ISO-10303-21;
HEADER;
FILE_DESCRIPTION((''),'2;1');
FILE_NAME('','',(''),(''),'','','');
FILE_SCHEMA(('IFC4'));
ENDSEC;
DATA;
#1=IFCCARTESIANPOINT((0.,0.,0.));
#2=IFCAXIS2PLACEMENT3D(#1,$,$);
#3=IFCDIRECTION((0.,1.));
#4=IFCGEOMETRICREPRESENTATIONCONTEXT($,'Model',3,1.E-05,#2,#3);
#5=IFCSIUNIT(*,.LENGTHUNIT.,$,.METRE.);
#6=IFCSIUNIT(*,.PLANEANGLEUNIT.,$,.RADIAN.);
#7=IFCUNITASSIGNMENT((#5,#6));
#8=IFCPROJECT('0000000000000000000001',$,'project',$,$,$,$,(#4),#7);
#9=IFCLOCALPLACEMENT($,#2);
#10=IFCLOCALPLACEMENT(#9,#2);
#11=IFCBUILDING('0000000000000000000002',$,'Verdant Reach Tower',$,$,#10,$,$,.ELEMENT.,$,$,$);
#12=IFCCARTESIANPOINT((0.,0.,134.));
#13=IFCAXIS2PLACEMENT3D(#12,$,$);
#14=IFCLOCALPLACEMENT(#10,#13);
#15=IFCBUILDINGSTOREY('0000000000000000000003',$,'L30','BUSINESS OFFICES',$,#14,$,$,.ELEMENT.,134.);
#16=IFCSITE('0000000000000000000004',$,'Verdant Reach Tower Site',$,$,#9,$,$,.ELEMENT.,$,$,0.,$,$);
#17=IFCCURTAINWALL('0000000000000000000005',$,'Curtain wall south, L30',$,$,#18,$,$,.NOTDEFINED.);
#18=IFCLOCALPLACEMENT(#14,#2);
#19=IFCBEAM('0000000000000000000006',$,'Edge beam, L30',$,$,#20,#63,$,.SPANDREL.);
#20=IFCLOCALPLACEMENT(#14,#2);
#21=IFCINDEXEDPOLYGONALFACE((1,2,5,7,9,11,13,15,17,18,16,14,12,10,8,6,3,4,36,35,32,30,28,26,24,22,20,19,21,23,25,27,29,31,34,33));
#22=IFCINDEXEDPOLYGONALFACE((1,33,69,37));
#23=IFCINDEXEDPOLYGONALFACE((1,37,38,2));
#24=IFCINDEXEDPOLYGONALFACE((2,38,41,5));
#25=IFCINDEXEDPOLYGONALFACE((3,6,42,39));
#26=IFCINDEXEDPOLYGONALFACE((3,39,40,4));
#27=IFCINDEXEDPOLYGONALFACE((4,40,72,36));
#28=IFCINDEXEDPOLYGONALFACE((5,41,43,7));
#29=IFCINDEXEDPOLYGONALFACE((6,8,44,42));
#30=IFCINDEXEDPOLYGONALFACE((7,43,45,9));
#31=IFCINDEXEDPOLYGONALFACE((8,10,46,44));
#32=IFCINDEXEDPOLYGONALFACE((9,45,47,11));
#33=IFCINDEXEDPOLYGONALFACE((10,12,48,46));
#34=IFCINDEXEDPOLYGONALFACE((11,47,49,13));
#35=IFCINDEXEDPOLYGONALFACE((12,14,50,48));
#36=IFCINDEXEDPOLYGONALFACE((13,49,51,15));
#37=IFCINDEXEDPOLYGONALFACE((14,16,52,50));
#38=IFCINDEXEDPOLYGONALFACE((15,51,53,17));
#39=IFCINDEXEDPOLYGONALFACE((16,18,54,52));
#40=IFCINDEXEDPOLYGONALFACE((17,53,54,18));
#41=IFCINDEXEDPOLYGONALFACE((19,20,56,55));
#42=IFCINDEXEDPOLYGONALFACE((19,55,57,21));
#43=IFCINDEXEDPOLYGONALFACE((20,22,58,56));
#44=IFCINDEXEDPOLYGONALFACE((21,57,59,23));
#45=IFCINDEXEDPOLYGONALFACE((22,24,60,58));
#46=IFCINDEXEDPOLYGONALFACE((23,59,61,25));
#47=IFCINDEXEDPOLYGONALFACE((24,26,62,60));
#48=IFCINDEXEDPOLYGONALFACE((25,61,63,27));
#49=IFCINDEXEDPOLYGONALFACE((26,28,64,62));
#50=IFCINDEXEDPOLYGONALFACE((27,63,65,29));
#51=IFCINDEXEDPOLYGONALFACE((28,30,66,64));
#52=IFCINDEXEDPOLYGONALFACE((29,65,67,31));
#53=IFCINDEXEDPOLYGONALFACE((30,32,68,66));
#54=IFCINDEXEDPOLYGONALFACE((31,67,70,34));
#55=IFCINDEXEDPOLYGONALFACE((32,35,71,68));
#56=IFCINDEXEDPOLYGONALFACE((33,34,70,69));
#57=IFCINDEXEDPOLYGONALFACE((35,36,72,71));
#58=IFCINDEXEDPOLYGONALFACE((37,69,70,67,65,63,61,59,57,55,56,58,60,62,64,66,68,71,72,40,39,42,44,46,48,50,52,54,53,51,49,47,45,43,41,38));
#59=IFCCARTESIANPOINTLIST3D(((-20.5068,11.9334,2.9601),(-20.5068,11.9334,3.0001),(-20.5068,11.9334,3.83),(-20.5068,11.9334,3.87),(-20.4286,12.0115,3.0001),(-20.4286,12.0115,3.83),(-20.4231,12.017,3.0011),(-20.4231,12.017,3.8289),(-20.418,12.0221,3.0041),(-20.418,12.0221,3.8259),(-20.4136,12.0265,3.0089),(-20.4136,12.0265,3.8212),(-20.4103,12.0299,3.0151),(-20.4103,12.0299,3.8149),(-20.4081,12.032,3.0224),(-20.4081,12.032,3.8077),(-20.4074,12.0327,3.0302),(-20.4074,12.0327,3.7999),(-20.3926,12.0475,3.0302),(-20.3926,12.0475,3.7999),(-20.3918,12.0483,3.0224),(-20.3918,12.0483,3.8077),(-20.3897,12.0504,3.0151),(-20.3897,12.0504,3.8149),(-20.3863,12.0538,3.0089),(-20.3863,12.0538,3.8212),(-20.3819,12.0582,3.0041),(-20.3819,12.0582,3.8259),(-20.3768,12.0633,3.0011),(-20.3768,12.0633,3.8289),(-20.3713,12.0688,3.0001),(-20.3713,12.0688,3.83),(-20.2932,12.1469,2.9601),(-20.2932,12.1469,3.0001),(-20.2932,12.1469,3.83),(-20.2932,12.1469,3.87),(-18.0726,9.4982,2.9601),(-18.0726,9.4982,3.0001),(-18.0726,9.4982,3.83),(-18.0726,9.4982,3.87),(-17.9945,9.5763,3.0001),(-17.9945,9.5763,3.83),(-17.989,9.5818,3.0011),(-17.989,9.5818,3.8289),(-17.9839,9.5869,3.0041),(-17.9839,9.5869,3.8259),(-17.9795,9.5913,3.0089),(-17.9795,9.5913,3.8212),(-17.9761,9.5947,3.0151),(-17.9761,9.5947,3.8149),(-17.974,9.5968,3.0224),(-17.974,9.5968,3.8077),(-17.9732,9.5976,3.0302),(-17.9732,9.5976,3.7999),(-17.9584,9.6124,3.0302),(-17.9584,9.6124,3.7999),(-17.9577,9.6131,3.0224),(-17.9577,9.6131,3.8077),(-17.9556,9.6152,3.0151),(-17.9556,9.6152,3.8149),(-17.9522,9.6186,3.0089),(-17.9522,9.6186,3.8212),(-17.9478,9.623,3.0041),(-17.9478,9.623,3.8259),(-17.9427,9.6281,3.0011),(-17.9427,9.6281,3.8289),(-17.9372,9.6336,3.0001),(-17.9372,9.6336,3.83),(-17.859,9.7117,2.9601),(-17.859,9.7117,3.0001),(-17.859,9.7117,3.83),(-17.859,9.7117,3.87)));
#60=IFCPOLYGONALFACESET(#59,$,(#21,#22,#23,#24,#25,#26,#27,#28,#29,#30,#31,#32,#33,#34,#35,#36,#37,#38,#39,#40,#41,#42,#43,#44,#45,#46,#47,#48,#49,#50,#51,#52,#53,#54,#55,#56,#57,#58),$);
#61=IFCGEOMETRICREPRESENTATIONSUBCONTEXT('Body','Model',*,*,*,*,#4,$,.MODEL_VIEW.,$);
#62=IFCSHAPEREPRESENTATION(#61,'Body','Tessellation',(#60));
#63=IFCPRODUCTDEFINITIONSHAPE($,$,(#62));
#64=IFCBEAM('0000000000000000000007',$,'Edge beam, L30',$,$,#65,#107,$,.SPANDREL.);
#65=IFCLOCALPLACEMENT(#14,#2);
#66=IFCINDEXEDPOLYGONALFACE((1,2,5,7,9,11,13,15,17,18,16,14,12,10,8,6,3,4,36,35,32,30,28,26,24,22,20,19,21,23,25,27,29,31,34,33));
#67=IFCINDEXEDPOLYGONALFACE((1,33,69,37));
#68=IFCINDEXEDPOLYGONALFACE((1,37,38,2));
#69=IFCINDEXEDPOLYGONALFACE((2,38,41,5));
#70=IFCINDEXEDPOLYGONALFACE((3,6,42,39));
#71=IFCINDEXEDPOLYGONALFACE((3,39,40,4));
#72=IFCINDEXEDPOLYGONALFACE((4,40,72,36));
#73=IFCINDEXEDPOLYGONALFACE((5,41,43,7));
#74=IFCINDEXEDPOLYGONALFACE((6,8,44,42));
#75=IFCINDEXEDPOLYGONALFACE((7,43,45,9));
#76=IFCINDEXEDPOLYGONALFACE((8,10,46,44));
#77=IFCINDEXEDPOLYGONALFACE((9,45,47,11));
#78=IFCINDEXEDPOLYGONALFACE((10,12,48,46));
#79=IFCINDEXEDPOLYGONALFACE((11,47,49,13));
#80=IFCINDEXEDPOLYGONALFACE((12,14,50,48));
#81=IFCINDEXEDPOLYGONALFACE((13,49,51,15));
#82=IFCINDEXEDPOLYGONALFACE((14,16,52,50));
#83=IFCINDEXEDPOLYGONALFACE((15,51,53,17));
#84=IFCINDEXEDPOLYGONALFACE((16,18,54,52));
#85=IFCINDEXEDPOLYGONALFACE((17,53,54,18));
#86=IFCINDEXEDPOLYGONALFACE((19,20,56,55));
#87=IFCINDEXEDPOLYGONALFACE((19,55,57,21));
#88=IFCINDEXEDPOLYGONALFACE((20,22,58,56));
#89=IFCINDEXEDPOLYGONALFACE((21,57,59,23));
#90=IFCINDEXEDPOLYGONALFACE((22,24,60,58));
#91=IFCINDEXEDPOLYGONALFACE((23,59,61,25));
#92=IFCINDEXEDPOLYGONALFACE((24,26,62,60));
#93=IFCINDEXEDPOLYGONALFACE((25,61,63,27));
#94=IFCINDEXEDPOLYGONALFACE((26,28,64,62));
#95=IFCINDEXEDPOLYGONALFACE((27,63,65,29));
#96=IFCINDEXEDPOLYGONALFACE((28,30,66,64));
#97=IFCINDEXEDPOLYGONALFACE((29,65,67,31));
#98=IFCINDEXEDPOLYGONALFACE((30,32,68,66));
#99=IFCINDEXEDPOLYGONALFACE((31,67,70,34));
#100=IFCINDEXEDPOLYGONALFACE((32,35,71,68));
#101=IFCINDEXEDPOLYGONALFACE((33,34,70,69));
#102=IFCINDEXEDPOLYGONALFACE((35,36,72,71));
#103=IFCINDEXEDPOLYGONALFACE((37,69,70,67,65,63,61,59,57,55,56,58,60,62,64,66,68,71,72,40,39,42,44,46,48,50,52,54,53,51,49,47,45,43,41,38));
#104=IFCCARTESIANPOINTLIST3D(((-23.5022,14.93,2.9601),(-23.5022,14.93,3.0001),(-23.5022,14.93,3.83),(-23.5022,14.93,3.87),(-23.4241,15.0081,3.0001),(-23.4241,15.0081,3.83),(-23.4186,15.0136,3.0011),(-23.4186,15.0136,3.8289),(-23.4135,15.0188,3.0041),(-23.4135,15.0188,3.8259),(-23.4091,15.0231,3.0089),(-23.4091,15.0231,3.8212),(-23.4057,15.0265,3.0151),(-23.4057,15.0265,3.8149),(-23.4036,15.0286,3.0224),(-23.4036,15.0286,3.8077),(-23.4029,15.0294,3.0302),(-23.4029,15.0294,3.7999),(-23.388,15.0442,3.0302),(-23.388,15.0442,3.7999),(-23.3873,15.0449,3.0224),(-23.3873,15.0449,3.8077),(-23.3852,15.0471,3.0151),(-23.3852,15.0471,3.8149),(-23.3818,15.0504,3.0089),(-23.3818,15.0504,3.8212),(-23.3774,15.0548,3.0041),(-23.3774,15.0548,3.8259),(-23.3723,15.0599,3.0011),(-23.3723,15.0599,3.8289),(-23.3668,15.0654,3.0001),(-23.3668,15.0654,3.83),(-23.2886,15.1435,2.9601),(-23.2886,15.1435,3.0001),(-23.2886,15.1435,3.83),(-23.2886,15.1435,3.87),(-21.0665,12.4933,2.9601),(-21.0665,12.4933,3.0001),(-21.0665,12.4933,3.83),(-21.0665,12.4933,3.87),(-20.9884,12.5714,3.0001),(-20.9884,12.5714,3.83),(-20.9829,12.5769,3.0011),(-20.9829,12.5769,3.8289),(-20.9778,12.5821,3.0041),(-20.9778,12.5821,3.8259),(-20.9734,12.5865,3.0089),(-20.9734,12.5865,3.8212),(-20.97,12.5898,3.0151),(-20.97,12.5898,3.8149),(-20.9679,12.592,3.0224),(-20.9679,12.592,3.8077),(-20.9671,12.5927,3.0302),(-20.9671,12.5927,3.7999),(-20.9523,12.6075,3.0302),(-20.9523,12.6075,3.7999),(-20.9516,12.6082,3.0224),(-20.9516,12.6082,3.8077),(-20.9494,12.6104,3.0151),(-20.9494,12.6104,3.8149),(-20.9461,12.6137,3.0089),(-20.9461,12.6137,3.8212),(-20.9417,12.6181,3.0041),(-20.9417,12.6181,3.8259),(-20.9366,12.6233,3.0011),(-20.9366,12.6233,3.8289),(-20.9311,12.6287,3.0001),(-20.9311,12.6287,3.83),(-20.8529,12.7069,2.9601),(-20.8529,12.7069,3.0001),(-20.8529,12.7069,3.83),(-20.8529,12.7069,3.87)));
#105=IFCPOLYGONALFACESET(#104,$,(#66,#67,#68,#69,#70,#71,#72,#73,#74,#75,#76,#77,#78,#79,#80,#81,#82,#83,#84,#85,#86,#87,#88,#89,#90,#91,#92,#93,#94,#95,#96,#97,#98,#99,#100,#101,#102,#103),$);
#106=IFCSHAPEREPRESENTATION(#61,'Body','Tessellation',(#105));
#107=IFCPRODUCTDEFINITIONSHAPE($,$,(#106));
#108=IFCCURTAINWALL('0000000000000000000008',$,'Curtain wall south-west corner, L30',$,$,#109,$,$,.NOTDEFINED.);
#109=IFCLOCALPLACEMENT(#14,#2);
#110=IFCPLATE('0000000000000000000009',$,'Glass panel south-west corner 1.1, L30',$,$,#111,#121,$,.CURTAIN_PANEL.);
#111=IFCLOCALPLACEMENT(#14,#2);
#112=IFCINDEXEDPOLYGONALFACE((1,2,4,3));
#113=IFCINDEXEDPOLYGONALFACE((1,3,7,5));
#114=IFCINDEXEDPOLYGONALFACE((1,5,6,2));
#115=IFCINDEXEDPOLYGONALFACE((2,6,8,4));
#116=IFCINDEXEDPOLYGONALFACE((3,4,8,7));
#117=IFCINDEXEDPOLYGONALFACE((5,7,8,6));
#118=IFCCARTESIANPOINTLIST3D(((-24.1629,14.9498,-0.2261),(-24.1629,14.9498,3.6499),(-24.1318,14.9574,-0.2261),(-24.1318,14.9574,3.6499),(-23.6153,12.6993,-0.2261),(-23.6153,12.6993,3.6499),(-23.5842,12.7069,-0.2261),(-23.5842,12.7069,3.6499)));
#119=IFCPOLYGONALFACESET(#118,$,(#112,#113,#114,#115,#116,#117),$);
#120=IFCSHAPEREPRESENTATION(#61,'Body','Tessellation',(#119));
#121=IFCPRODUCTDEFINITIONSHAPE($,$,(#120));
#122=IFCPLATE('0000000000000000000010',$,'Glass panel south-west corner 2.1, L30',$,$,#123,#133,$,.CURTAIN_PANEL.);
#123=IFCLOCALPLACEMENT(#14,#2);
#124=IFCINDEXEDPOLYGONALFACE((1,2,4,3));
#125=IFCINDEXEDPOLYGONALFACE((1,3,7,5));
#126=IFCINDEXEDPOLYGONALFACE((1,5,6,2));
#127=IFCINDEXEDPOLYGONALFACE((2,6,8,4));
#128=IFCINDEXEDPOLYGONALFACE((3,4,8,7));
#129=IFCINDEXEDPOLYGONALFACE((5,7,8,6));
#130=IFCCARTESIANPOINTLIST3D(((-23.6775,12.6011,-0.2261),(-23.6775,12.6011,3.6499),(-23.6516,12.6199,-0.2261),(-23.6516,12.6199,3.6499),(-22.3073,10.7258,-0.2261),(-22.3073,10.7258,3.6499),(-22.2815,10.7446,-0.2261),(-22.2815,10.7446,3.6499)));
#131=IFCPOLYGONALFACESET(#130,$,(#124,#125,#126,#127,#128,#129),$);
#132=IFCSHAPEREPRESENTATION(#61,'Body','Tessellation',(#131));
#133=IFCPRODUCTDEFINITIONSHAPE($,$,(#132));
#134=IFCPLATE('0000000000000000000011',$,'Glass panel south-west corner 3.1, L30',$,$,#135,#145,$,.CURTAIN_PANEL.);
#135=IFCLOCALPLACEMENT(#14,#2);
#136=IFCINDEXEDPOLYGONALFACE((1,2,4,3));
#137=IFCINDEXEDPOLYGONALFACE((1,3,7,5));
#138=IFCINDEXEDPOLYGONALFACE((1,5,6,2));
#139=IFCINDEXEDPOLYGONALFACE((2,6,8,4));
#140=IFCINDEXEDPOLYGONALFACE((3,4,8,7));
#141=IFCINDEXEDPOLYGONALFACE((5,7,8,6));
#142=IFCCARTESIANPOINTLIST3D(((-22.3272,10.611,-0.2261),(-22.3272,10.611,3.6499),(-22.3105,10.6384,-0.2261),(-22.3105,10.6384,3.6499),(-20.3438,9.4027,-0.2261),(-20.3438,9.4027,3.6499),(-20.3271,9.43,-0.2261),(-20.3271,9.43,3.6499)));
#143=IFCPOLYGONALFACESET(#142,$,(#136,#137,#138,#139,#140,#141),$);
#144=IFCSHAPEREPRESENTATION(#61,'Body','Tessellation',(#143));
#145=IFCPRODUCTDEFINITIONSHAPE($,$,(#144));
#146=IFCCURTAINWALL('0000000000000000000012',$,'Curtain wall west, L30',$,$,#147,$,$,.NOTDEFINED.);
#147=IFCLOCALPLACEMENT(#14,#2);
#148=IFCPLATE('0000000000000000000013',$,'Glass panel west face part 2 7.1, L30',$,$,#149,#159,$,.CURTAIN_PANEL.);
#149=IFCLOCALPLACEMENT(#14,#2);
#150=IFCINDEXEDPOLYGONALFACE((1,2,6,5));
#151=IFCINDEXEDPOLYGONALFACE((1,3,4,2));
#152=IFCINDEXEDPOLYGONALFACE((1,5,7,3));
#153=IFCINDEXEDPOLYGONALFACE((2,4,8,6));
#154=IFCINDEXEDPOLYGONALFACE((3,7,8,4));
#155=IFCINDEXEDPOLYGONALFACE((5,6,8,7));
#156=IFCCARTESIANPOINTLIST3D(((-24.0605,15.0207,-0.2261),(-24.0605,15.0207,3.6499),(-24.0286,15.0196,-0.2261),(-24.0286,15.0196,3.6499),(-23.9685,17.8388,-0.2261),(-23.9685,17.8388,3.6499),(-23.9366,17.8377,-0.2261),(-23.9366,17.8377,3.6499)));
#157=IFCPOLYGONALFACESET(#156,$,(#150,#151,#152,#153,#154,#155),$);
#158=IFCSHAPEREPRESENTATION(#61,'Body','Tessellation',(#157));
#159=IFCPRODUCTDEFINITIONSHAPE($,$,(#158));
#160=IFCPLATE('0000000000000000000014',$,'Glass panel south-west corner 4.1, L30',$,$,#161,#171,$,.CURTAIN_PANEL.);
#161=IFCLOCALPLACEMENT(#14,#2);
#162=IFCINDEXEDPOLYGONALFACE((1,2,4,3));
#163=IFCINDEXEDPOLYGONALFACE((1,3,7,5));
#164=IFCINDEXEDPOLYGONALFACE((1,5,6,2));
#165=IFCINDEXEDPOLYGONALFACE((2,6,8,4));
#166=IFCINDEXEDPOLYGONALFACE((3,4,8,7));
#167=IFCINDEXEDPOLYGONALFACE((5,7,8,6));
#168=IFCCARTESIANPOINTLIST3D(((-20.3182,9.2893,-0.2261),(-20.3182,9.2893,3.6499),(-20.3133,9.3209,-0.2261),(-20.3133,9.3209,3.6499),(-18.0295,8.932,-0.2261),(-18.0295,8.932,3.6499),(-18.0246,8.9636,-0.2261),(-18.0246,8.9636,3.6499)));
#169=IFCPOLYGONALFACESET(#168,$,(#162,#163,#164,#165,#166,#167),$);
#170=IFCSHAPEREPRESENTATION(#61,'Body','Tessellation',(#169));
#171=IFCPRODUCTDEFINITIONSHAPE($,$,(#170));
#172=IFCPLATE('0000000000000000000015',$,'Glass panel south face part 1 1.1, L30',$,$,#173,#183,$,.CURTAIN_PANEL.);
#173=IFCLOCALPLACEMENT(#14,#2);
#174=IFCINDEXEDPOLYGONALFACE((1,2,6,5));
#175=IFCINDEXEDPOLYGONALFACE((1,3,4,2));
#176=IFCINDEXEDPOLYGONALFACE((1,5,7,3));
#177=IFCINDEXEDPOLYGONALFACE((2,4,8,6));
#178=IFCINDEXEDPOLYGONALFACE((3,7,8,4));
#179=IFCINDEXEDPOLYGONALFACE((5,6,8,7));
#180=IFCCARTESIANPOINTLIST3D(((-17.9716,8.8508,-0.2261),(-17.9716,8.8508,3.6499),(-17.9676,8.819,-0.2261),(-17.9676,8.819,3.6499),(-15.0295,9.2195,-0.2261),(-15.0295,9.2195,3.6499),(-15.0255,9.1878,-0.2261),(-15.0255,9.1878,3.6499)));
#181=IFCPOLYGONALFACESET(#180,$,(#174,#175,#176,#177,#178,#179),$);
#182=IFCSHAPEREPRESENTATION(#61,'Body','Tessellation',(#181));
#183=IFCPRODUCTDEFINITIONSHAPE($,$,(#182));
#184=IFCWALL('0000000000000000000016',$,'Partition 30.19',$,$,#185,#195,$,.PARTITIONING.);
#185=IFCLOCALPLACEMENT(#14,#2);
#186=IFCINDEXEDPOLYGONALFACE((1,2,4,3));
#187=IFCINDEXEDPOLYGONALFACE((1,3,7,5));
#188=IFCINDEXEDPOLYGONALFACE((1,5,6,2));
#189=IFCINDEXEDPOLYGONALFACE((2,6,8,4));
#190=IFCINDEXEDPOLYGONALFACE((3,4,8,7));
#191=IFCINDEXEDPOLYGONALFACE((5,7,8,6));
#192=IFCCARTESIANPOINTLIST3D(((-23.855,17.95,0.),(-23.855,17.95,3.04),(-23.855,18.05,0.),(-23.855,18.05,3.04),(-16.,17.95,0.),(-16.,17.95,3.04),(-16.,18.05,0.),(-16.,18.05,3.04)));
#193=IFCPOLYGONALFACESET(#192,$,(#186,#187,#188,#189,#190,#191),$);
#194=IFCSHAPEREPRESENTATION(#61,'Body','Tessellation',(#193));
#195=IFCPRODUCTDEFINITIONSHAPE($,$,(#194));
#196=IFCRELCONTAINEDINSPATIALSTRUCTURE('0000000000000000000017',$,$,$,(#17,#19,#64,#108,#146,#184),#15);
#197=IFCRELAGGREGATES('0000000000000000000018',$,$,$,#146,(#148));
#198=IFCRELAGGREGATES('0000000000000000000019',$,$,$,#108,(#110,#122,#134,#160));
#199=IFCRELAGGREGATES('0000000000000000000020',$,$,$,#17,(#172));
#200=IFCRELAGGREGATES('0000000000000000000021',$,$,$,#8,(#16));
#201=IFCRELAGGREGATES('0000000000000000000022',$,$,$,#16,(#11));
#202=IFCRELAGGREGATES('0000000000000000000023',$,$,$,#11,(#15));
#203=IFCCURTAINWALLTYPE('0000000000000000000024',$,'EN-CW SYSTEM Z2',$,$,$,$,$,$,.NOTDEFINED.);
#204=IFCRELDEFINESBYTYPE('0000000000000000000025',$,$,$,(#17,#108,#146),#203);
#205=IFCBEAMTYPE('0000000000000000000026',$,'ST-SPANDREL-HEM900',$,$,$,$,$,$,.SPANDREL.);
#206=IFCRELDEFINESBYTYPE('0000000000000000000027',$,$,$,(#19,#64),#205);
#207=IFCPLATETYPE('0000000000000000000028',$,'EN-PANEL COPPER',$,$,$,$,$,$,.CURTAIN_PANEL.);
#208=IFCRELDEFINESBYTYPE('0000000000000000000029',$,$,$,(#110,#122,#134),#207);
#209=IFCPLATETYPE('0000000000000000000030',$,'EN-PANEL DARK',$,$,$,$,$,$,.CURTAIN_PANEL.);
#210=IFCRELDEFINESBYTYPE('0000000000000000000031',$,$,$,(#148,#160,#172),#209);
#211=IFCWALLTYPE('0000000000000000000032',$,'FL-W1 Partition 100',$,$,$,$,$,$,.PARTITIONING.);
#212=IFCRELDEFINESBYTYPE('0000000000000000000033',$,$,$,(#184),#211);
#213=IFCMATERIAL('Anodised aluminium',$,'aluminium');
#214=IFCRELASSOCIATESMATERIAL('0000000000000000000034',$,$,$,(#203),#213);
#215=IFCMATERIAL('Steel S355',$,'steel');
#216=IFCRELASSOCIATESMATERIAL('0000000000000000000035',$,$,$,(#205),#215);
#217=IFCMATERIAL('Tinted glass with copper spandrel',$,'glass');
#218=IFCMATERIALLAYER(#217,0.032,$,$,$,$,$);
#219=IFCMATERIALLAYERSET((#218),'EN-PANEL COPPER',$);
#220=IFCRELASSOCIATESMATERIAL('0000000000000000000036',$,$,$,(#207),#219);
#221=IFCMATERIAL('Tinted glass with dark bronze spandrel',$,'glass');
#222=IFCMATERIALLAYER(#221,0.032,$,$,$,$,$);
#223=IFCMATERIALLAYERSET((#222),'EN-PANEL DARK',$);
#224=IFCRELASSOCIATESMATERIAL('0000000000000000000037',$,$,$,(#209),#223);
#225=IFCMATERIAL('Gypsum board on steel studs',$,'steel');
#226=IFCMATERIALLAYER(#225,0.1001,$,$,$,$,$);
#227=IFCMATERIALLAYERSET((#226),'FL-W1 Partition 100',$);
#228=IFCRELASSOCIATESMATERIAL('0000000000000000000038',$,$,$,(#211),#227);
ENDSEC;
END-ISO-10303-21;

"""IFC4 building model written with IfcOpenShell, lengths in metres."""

from ifc_helpers import new_model, si_unit, direction, frame, frame_2d, origin, origin_2d, place, context, subcontext, project, spatial, rectangle, i_section, extrude, material, layer, layer_set, material_profile, profile_set, type_object, element, aggregate, save


model = new_model("IFC4")

# Units and contexts
model_context = context("Model", 3, precision=1e-05, world=origin(), true_north=direction((0.0, 1.0)))
body_context = subcontext(model_context, "Body", "Model", "MODEL_VIEW")
ifc_project = project(units=[si_unit("LENGTHUNIT", "METRE"), si_unit("PLANEANGLEUNIT", "RADIAN")], contexts=[model_context])

# Site, building, storey
site_placement = place(None, origin())
site = spatial("IfcSite", under=ifc_project, at=site_placement, Name="Verdant Reach Tower Site", CompositionType="ELEMENT", RefElevation=0.0)
building_placement = place(site_placement, origin())
building = spatial("IfcBuilding", under=site, at=building_placement, Name="Verdant Reach Tower", CompositionType="ELEMENT")
storey_placement = place(building_placement, frame((0.0, 0.0, 134.0)))
storey = spatial("IfcBuildingStorey", under=building, at=storey_placement, Name="L30", Description="BUSINESS OFFICES", CompositionType="ELEMENT", Elevation=134.0)

# Curtain wall
ifc_material_1 = material(Name="Anodised aluminium", Category="aluminium")
curtain_wall_type = type_object("IfcCurtainWallType", Name="EN-CW SYSTEM Z2", PredefinedType="NOTDEFINED", material=ifc_material_1)
curtain_wall_1_placement = place(storey_placement, origin())
curtain_wall_1 = element("IfcCurtainWall", 1, at=curtain_wall_1_placement, inside=storey, type_object=curtain_wall_type, Name="Curtain wall south, L30", PredefinedType="NOTDEFINED")

# Beams
ifc_material_2 = material(Name="Steel S355", Category="steel")
ifc_material_profile_1 = material_profile(ifc_material_2, i_section(OverallWidth=0.302, OverallDepth=0.9099, WebThickness=0.021, FlangeThickness=0.04, FilletRadius=0.03, at=origin_2d()), Name="HEM 900")
ifc_profile_set_1 = profile_set([ifc_material_profile_1], Name="Steel S355")
beam_type_1 = type_object("IfcBeamType", Name="ST-SPANDREL-HEM900", PredefinedType="SPANDREL", material=ifc_profile_set_1)
beam_1_placement = place(storey_placement, frame((-17.9658, 9.605, 3.415), z_axis=(-0.706965, 0.707249, 0.0), x_axis=(-0.707249, -0.706965, 0.0)))
element("IfcBeam", 2, at=beam_1_placement, inside=storey, type_object=beam_type_1, Name="Edge beam, L30", PredefinedType="SPANDREL", context=body_context, shape_type="SweptSolid", body=[
    extrude(i_section(OverallWidth=0.302, OverallDepth=0.9099, WebThickness=0.021, FlangeThickness=0.04, FilletRadius=0.03, at=origin_2d()), origin(), (0.0, 0.0, 1.0), 3.4431),
])
beam_2_placement = place(storey_placement, frame((-20.9597, 12.6001, 3.415), z_axis=(-0.706965, 0.707248, 0.0), x_axis=(-0.707248, -0.706965, 0.0)))
element("IfcBeam", 3, at=beam_2_placement, inside=storey, type_object=beam_type_1, Name="Edge beam, L30", PredefinedType="SPANDREL", context=body_context, shape_type="SweptSolid", body=[
    extrude(i_section(OverallWidth=0.302, OverallDepth=0.9099, WebThickness=0.021, FlangeThickness=0.04, FilletRadius=0.03, at=origin_2d()), origin(), (0.0, 0.0, 1.0), 3.4453),
])

# Curtain wall, plates
curtain_wall_2_placement = place(storey_placement, origin())
curtain_wall_2 = element("IfcCurtainWall", 4, at=curtain_wall_2_placement, inside=storey, type_object=curtain_wall_type, Name="Curtain wall south-west corner, L30", PredefinedType="NOTDEFINED")
ifc_material_3 = material(Name="Tinted glass with copper spandrel", Category="glass")
ifc_layer_1 = layer(ifc_material_3, 0.032)
ifc_layer_set_1 = layer_set([ifc_layer_1], Name="EN-PANEL COPPER")
plate_type_1 = type_object("IfcPlateType", Name="EN-PANEL COPPER", PredefinedType="CURTAIN_PANEL", material=ifc_layer_set_1)
plate_1_placement = place(storey_placement, frame((-23.8735, 13.8284, -0.2261), z_axis=(0.0, 0.0, 1.0), x_axis=(0.236416, -0.971652, 0.0)))
plate_1 = element("IfcPlate", 5, at=plate_1_placement, type_object=plate_type_1, Name="Glass panel south-west corner 1.1, L30", PredefinedType="CURTAIN_PANEL", context=body_context, shape_type="SweptSolid", body=[
    extrude(rectangle(XDim=2.3162, YDim=0.032, at=origin_2d()), origin(), (0.0, 0.0, 1.0), 3.876),
])
plate_2_placement = place(storey_placement, frame((-22.9795, 11.6729, -0.2261), z_axis=(0.0, 0.0, 1.0), x_axis=(0.589927, -0.807457, 0.0)))
plate_2 = element("IfcPlate", 6, at=plate_2_placement, type_object=plate_type_1, Name="Glass panel south-west corner 2.1, L30", PredefinedType="CURTAIN_PANEL", context=body_context, shape_type="SweptSolid", body=[
    extrude(rectangle(XDim=2.3225, YDim=0.032, at=origin_2d()), origin(), (0.0, 0.0, 1.0), 3.876),
])
plate_3_placement = place(storey_placement, frame((-21.3271, 10.0205, -0.2261), z_axis=(0.0, 0.0, 1.0), x_axis=(0.853989, -0.520292, 0.0)))
plate_3 = element("IfcPlate", 7, at=plate_3_placement, type_object=plate_type_1, Name="Glass panel south-west corner 3.1, L30", PredefinedType="CURTAIN_PANEL", context=body_context, shape_type="SweptSolid", body=[
    extrude(rectangle(XDim=2.3225, YDim=0.032, at=origin_2d()), origin(), (0.0, 0.0, 1.0), 3.876),
])

# Curtain wall, plate
curtain_wall_3_placement = place(storey_placement, origin())
curtain_wall_3 = element("IfcCurtainWall", 8, at=curtain_wall_3_placement, inside=storey, type_object=curtain_wall_type, Name="Curtain wall west, L30", PredefinedType="NOTDEFINED")
ifc_material_4 = material(Name="Tinted glass with dark bronze spandrel", Category="glass")
ifc_layer_2 = layer(ifc_material_4, 0.032)
ifc_layer_set_2 = layer_set([ifc_layer_2], Name="EN-PANEL DARK")
plate_type_2 = type_object("IfcPlateType", Name="EN-PANEL DARK", PredefinedType="CURTAIN_PANEL", material=ifc_layer_set_2)
plate_4_placement = place(storey_placement, frame((-23.9985, 16.4292, -0.2261), z_axis=(0.0, 0.0, 1.0), x_axis=(-0.032628, -0.999468, 0.0)))
plate_4 = element("IfcPlate", 9, at=plate_4_placement, type_object=plate_type_2, Name="Glass panel west face part 2 7.1, L30", PredefinedType="CURTAIN_PANEL", context=body_context, shape_type="SweptSolid", body=[
    extrude(rectangle(XDim=2.8196, YDim=0.032, at=origin_2d()), origin(), (0.0, 0.0, 1.0), 3.876),
])
aggregate(curtain_wall_3, [plate_4])

# Plates
plate_5_placement = place(storey_placement, frame((-19.1714, 9.1265, -0.2261), z_axis=(0.0, 0.0, 1.0), x_axis=(0.988031, -0.154256, 0.0)))
plate_5 = element("IfcPlate", 10, at=plate_5_placement, type_object=plate_type_2, Name="Glass panel south-west corner 4.1, L30", PredefinedType="CURTAIN_PANEL", context=body_context, shape_type="SweptSolid", body=[
    extrude(rectangle(XDim=2.3164, YDim=0.032, at=origin_2d()), origin(), (0.0, 0.0, 1.0), 3.876),
])
aggregate(curtain_wall_2, [plate_1, plate_2, plate_3, plate_5])
plate_6_placement = place(storey_placement, frame((-16.4985, 9.0193, -0.2261), z_axis=(0.0, 0.0, 1.0), x_axis=(0.992237, 0.124365, 0.0)))
plate_6 = element("IfcPlate", 11, at=plate_6_placement, type_object=plate_type_2, Name="Glass panel south face part 1 1.1, L30", PredefinedType="CURTAIN_PANEL", context=body_context, shape_type="SweptSolid", body=[
    extrude(rectangle(XDim=2.9651, YDim=0.032, at=origin_2d()), origin(), (0.0, 0.0, 1.0), 3.876),
])
aggregate(curtain_wall_1, [plate_6])

# Wall
ifc_material_5 = material(Name="Gypsum board on steel studs", Category="steel")
ifc_layer_3 = layer(ifc_material_5, 0.1001)
ifc_layer_set_3 = layer_set([ifc_layer_3], Name="FL-W1 Partition 100")
wall_type_1 = type_object("IfcWallType", Name="FL-W1 Partition 100", PredefinedType="PARTITIONING", material=ifc_layer_set_3)
wall_1_placement = place(storey_placement, frame((-16.0, 18.0, 0.0), z_axis=(0.0, 0.0, 1.0), x_axis=(-1.0, 0.0, 0.0)))
element("IfcWall", 12, at=wall_1_placement, inside=storey, type_object=wall_type_1, Name="Partition 30.19", PredefinedType="PARTITIONING", context=body_context, shape_type="SweptSolid", body=[
    extrude(rectangle(XDim=7.855, YDim=0.1001, at=frame_2d((3.9275, 0.0))), origin(), (0.0, 0.0, 1.0), 3.04),
])

save(model, "model.ifc")
